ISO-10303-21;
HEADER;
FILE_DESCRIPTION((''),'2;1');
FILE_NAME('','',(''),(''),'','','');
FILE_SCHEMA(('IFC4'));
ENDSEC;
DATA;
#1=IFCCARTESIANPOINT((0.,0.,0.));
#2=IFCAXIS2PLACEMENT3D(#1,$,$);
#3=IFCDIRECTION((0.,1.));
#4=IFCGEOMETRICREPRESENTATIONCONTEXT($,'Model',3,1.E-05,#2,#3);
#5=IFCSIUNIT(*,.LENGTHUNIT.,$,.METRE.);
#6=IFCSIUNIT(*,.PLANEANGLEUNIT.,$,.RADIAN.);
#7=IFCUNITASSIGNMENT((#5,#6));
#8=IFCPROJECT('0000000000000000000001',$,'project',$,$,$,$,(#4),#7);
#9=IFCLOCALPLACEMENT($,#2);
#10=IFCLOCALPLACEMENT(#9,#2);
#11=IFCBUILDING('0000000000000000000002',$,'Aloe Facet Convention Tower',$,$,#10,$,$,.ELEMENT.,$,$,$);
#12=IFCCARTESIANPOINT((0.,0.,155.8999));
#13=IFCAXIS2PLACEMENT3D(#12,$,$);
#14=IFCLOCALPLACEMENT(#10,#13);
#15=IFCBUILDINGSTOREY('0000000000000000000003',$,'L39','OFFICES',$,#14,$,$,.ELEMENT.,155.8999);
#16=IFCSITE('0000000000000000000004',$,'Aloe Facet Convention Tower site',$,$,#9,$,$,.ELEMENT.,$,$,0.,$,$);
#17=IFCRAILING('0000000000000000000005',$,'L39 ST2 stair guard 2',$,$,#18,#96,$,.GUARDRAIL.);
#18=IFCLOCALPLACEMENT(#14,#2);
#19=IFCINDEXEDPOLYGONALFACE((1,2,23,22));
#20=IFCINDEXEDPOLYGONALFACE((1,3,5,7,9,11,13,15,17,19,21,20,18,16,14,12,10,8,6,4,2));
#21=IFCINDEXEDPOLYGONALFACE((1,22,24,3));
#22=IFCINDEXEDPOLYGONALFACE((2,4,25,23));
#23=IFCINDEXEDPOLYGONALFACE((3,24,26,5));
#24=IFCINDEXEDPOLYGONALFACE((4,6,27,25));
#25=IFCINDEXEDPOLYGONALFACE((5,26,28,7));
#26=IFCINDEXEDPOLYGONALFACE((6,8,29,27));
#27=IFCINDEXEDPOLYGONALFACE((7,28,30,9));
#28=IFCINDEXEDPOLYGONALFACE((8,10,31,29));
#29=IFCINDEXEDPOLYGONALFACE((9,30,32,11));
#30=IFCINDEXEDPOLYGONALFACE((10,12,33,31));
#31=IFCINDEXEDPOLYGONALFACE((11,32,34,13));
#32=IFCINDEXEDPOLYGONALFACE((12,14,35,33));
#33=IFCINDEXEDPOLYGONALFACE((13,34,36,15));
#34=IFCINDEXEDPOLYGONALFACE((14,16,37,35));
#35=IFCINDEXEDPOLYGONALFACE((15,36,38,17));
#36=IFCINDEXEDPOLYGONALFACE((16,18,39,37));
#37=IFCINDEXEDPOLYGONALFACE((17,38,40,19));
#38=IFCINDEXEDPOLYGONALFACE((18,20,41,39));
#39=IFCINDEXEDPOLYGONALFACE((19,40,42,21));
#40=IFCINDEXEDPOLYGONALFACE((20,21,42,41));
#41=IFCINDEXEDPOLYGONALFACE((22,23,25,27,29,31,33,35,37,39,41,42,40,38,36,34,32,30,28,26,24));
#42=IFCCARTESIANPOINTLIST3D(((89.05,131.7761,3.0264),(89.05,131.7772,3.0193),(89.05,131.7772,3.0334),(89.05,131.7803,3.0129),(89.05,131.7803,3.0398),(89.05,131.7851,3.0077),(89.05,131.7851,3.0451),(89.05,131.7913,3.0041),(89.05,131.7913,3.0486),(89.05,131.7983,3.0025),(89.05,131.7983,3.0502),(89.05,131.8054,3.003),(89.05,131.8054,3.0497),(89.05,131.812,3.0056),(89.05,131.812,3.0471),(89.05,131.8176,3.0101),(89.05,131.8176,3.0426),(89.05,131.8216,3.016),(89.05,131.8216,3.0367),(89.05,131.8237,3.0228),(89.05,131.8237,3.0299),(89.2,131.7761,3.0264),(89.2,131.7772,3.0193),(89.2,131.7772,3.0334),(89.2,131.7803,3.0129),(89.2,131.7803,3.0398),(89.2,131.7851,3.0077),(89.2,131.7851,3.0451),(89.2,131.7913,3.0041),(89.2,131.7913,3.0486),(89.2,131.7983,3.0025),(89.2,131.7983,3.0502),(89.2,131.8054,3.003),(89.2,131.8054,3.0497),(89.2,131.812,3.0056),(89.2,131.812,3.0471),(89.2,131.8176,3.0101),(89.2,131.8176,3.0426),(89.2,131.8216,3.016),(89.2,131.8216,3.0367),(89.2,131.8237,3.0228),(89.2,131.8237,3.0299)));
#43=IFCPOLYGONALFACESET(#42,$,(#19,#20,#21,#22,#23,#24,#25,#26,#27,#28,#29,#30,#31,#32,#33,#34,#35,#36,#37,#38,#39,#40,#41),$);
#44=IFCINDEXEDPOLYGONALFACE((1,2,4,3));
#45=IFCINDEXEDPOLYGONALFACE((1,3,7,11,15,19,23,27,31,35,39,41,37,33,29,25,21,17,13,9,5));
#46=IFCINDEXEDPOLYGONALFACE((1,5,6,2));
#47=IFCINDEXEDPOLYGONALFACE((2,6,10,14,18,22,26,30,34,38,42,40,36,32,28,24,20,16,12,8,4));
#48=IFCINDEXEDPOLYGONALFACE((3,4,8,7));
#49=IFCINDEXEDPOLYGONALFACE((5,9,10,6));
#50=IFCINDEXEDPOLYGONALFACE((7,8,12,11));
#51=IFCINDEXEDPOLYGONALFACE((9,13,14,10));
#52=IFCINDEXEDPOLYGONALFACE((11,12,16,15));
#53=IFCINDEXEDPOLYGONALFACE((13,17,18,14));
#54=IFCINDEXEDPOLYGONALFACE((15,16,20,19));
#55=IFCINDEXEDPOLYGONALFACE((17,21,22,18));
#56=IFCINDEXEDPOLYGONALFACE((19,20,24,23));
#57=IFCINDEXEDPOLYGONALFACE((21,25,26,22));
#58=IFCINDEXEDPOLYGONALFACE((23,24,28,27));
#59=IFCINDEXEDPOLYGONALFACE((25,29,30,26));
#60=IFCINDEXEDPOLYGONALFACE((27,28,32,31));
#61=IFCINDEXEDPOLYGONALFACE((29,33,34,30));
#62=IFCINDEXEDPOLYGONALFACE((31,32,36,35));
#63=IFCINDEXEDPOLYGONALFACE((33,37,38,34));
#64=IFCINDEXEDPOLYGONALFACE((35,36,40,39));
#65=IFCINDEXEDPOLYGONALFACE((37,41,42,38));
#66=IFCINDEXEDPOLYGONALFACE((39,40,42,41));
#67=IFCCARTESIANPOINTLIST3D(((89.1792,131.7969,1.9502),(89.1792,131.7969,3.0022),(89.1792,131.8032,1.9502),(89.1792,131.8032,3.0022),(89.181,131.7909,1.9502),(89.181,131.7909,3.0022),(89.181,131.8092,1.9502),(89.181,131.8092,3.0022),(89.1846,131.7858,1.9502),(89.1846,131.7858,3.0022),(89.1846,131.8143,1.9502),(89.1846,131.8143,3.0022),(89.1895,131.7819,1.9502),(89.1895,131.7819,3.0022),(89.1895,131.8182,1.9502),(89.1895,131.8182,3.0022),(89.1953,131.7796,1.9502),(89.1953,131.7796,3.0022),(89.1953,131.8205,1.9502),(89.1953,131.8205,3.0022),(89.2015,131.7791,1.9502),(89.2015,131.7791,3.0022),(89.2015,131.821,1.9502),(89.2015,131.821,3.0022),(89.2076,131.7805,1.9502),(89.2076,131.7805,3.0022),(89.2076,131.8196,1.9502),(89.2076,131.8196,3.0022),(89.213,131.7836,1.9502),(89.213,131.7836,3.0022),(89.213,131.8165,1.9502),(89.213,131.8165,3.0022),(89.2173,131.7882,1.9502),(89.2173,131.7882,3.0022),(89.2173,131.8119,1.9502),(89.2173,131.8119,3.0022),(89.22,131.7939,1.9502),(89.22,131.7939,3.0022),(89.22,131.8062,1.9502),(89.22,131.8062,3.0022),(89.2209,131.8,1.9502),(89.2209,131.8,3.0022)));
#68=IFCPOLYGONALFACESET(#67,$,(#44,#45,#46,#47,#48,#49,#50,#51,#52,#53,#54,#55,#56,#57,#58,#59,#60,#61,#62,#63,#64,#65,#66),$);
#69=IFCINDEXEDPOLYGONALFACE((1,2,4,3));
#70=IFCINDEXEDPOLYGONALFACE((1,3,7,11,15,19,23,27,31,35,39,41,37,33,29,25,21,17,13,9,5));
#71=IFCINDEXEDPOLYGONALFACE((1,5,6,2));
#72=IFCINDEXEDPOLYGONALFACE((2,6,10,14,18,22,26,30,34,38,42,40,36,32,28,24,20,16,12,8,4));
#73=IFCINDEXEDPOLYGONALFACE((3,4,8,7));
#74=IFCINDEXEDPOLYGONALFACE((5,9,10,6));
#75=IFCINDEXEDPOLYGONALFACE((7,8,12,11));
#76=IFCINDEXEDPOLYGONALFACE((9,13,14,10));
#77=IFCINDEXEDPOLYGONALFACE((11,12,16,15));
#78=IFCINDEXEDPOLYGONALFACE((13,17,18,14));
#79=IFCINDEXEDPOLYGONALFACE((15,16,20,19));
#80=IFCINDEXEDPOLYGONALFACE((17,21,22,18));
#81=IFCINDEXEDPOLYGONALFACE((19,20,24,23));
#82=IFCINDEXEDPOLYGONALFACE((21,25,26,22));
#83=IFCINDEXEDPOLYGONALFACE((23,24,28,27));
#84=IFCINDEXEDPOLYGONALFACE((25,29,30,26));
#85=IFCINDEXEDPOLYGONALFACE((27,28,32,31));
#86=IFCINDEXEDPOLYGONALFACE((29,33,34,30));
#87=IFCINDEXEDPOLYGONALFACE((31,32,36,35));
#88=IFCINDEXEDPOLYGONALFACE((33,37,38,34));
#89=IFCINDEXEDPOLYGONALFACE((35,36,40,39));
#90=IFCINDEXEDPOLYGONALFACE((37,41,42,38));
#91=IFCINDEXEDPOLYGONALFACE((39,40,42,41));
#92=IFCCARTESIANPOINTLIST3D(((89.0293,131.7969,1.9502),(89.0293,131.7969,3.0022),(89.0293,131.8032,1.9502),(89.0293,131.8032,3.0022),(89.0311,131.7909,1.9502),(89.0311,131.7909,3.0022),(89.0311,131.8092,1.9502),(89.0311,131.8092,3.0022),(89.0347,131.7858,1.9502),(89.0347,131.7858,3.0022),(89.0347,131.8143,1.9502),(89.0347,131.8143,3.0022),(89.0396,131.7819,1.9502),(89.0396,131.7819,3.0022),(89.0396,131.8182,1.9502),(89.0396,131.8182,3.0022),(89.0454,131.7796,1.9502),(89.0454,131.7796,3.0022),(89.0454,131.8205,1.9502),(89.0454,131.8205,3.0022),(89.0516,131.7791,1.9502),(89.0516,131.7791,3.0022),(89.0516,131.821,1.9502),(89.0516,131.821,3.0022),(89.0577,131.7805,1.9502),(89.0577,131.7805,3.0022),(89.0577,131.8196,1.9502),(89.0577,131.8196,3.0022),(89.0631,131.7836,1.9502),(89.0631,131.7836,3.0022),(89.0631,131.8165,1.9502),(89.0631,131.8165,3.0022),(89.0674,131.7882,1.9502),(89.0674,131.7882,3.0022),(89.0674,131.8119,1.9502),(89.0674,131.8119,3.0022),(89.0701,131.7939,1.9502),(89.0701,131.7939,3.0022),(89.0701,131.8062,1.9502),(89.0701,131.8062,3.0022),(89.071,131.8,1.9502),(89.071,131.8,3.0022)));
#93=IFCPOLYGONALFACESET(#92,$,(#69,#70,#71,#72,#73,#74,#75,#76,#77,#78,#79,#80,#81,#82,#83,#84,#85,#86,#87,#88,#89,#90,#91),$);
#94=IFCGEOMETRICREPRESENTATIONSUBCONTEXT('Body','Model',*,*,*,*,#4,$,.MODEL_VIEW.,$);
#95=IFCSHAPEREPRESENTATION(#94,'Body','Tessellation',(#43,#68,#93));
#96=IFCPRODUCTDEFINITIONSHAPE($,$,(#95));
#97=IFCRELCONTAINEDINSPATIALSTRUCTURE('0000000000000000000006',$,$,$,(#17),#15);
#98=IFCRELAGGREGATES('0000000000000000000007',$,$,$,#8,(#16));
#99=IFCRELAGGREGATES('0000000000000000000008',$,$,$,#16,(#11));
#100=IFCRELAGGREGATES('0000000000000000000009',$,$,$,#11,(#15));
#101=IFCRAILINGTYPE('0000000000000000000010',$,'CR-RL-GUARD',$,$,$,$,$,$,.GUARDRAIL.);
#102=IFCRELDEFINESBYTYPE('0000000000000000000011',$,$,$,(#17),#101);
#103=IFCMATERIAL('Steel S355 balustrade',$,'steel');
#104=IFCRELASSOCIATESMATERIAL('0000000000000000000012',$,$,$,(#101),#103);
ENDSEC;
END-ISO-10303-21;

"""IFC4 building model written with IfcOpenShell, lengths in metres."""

from ifc_helpers import new_model, si_unit, direction, frame, origin, origin_2d, place, context, subcontext, project, spatial, circle, extrude, material, type_object, element, save


model = new_model("IFC4")

# Units and contexts
model_context = context("Model", 3, precision=1e-05, world=origin(), true_north=direction((0.0, 1.0)))
body_context = subcontext(model_context, "Body", "Model", "MODEL_VIEW")
ifc_project = project(units=[si_unit("LENGTHUNIT", "METRE"), si_unit("PLANEANGLEUNIT", "RADIAN")], contexts=[model_context])

# Site, building, storey
site_placement = place(None, origin())
site = spatial("IfcSite", under=ifc_project, at=site_placement, Name="Aloe Facet Convention Tower site", CompositionType="ELEMENT", RefElevation=0.0)
building_placement = place(site_placement, origin())
building = spatial("IfcBuilding", under=site, at=building_placement, Name="Aloe Facet Convention Tower", CompositionType="ELEMENT")
storey_placement = place(building_placement, frame((0.0, 0.0, 155.8999)))
storey = spatial("IfcBuildingStorey", under=building, at=storey_placement, Name="L39", Description="OFFICES", CompositionType="ELEMENT", Elevation=155.8999)

# Railing
ifc_material_1 = material(Name="Steel S355 balustrade", Category="steel")
railing_type_1 = type_object("IfcRailingType", Name="CR-RL-GUARD", PredefinedType="GUARDRAIL", material=ifc_material_1)
railing_1_placement = place(storey_placement, frame((89.2, 131.8, 1.9502)))
element("IfcRailing", 1, at=railing_1_placement, inside=storey, type_object=railing_type_1, Name="L39 ST2 stair guard 2", PredefinedType="GUARDRAIL", context=body_context, shape_type="SweptSolid", body=[
    extrude(circle(Radius=0.0239, at=origin_2d()), frame((0.0, 0.0, 1.0762), z_axis=(-1.0, 0.0, 0.0), x_axis=(0.0, -1.0, 0.0)), (0.0, 0.0, 1.0), 0.1499),
    extrude(circle(Radius=0.021, at=origin_2d()), origin(), (0.0, 0.0, 1.0), 1.052),
    extrude(circle(Radius=0.021, at=origin_2d()), frame((-0.1499, 0.0, 0.0)), (0.0, 0.0, 1.0), 1.052),
])

save(model, "model.ifc")
